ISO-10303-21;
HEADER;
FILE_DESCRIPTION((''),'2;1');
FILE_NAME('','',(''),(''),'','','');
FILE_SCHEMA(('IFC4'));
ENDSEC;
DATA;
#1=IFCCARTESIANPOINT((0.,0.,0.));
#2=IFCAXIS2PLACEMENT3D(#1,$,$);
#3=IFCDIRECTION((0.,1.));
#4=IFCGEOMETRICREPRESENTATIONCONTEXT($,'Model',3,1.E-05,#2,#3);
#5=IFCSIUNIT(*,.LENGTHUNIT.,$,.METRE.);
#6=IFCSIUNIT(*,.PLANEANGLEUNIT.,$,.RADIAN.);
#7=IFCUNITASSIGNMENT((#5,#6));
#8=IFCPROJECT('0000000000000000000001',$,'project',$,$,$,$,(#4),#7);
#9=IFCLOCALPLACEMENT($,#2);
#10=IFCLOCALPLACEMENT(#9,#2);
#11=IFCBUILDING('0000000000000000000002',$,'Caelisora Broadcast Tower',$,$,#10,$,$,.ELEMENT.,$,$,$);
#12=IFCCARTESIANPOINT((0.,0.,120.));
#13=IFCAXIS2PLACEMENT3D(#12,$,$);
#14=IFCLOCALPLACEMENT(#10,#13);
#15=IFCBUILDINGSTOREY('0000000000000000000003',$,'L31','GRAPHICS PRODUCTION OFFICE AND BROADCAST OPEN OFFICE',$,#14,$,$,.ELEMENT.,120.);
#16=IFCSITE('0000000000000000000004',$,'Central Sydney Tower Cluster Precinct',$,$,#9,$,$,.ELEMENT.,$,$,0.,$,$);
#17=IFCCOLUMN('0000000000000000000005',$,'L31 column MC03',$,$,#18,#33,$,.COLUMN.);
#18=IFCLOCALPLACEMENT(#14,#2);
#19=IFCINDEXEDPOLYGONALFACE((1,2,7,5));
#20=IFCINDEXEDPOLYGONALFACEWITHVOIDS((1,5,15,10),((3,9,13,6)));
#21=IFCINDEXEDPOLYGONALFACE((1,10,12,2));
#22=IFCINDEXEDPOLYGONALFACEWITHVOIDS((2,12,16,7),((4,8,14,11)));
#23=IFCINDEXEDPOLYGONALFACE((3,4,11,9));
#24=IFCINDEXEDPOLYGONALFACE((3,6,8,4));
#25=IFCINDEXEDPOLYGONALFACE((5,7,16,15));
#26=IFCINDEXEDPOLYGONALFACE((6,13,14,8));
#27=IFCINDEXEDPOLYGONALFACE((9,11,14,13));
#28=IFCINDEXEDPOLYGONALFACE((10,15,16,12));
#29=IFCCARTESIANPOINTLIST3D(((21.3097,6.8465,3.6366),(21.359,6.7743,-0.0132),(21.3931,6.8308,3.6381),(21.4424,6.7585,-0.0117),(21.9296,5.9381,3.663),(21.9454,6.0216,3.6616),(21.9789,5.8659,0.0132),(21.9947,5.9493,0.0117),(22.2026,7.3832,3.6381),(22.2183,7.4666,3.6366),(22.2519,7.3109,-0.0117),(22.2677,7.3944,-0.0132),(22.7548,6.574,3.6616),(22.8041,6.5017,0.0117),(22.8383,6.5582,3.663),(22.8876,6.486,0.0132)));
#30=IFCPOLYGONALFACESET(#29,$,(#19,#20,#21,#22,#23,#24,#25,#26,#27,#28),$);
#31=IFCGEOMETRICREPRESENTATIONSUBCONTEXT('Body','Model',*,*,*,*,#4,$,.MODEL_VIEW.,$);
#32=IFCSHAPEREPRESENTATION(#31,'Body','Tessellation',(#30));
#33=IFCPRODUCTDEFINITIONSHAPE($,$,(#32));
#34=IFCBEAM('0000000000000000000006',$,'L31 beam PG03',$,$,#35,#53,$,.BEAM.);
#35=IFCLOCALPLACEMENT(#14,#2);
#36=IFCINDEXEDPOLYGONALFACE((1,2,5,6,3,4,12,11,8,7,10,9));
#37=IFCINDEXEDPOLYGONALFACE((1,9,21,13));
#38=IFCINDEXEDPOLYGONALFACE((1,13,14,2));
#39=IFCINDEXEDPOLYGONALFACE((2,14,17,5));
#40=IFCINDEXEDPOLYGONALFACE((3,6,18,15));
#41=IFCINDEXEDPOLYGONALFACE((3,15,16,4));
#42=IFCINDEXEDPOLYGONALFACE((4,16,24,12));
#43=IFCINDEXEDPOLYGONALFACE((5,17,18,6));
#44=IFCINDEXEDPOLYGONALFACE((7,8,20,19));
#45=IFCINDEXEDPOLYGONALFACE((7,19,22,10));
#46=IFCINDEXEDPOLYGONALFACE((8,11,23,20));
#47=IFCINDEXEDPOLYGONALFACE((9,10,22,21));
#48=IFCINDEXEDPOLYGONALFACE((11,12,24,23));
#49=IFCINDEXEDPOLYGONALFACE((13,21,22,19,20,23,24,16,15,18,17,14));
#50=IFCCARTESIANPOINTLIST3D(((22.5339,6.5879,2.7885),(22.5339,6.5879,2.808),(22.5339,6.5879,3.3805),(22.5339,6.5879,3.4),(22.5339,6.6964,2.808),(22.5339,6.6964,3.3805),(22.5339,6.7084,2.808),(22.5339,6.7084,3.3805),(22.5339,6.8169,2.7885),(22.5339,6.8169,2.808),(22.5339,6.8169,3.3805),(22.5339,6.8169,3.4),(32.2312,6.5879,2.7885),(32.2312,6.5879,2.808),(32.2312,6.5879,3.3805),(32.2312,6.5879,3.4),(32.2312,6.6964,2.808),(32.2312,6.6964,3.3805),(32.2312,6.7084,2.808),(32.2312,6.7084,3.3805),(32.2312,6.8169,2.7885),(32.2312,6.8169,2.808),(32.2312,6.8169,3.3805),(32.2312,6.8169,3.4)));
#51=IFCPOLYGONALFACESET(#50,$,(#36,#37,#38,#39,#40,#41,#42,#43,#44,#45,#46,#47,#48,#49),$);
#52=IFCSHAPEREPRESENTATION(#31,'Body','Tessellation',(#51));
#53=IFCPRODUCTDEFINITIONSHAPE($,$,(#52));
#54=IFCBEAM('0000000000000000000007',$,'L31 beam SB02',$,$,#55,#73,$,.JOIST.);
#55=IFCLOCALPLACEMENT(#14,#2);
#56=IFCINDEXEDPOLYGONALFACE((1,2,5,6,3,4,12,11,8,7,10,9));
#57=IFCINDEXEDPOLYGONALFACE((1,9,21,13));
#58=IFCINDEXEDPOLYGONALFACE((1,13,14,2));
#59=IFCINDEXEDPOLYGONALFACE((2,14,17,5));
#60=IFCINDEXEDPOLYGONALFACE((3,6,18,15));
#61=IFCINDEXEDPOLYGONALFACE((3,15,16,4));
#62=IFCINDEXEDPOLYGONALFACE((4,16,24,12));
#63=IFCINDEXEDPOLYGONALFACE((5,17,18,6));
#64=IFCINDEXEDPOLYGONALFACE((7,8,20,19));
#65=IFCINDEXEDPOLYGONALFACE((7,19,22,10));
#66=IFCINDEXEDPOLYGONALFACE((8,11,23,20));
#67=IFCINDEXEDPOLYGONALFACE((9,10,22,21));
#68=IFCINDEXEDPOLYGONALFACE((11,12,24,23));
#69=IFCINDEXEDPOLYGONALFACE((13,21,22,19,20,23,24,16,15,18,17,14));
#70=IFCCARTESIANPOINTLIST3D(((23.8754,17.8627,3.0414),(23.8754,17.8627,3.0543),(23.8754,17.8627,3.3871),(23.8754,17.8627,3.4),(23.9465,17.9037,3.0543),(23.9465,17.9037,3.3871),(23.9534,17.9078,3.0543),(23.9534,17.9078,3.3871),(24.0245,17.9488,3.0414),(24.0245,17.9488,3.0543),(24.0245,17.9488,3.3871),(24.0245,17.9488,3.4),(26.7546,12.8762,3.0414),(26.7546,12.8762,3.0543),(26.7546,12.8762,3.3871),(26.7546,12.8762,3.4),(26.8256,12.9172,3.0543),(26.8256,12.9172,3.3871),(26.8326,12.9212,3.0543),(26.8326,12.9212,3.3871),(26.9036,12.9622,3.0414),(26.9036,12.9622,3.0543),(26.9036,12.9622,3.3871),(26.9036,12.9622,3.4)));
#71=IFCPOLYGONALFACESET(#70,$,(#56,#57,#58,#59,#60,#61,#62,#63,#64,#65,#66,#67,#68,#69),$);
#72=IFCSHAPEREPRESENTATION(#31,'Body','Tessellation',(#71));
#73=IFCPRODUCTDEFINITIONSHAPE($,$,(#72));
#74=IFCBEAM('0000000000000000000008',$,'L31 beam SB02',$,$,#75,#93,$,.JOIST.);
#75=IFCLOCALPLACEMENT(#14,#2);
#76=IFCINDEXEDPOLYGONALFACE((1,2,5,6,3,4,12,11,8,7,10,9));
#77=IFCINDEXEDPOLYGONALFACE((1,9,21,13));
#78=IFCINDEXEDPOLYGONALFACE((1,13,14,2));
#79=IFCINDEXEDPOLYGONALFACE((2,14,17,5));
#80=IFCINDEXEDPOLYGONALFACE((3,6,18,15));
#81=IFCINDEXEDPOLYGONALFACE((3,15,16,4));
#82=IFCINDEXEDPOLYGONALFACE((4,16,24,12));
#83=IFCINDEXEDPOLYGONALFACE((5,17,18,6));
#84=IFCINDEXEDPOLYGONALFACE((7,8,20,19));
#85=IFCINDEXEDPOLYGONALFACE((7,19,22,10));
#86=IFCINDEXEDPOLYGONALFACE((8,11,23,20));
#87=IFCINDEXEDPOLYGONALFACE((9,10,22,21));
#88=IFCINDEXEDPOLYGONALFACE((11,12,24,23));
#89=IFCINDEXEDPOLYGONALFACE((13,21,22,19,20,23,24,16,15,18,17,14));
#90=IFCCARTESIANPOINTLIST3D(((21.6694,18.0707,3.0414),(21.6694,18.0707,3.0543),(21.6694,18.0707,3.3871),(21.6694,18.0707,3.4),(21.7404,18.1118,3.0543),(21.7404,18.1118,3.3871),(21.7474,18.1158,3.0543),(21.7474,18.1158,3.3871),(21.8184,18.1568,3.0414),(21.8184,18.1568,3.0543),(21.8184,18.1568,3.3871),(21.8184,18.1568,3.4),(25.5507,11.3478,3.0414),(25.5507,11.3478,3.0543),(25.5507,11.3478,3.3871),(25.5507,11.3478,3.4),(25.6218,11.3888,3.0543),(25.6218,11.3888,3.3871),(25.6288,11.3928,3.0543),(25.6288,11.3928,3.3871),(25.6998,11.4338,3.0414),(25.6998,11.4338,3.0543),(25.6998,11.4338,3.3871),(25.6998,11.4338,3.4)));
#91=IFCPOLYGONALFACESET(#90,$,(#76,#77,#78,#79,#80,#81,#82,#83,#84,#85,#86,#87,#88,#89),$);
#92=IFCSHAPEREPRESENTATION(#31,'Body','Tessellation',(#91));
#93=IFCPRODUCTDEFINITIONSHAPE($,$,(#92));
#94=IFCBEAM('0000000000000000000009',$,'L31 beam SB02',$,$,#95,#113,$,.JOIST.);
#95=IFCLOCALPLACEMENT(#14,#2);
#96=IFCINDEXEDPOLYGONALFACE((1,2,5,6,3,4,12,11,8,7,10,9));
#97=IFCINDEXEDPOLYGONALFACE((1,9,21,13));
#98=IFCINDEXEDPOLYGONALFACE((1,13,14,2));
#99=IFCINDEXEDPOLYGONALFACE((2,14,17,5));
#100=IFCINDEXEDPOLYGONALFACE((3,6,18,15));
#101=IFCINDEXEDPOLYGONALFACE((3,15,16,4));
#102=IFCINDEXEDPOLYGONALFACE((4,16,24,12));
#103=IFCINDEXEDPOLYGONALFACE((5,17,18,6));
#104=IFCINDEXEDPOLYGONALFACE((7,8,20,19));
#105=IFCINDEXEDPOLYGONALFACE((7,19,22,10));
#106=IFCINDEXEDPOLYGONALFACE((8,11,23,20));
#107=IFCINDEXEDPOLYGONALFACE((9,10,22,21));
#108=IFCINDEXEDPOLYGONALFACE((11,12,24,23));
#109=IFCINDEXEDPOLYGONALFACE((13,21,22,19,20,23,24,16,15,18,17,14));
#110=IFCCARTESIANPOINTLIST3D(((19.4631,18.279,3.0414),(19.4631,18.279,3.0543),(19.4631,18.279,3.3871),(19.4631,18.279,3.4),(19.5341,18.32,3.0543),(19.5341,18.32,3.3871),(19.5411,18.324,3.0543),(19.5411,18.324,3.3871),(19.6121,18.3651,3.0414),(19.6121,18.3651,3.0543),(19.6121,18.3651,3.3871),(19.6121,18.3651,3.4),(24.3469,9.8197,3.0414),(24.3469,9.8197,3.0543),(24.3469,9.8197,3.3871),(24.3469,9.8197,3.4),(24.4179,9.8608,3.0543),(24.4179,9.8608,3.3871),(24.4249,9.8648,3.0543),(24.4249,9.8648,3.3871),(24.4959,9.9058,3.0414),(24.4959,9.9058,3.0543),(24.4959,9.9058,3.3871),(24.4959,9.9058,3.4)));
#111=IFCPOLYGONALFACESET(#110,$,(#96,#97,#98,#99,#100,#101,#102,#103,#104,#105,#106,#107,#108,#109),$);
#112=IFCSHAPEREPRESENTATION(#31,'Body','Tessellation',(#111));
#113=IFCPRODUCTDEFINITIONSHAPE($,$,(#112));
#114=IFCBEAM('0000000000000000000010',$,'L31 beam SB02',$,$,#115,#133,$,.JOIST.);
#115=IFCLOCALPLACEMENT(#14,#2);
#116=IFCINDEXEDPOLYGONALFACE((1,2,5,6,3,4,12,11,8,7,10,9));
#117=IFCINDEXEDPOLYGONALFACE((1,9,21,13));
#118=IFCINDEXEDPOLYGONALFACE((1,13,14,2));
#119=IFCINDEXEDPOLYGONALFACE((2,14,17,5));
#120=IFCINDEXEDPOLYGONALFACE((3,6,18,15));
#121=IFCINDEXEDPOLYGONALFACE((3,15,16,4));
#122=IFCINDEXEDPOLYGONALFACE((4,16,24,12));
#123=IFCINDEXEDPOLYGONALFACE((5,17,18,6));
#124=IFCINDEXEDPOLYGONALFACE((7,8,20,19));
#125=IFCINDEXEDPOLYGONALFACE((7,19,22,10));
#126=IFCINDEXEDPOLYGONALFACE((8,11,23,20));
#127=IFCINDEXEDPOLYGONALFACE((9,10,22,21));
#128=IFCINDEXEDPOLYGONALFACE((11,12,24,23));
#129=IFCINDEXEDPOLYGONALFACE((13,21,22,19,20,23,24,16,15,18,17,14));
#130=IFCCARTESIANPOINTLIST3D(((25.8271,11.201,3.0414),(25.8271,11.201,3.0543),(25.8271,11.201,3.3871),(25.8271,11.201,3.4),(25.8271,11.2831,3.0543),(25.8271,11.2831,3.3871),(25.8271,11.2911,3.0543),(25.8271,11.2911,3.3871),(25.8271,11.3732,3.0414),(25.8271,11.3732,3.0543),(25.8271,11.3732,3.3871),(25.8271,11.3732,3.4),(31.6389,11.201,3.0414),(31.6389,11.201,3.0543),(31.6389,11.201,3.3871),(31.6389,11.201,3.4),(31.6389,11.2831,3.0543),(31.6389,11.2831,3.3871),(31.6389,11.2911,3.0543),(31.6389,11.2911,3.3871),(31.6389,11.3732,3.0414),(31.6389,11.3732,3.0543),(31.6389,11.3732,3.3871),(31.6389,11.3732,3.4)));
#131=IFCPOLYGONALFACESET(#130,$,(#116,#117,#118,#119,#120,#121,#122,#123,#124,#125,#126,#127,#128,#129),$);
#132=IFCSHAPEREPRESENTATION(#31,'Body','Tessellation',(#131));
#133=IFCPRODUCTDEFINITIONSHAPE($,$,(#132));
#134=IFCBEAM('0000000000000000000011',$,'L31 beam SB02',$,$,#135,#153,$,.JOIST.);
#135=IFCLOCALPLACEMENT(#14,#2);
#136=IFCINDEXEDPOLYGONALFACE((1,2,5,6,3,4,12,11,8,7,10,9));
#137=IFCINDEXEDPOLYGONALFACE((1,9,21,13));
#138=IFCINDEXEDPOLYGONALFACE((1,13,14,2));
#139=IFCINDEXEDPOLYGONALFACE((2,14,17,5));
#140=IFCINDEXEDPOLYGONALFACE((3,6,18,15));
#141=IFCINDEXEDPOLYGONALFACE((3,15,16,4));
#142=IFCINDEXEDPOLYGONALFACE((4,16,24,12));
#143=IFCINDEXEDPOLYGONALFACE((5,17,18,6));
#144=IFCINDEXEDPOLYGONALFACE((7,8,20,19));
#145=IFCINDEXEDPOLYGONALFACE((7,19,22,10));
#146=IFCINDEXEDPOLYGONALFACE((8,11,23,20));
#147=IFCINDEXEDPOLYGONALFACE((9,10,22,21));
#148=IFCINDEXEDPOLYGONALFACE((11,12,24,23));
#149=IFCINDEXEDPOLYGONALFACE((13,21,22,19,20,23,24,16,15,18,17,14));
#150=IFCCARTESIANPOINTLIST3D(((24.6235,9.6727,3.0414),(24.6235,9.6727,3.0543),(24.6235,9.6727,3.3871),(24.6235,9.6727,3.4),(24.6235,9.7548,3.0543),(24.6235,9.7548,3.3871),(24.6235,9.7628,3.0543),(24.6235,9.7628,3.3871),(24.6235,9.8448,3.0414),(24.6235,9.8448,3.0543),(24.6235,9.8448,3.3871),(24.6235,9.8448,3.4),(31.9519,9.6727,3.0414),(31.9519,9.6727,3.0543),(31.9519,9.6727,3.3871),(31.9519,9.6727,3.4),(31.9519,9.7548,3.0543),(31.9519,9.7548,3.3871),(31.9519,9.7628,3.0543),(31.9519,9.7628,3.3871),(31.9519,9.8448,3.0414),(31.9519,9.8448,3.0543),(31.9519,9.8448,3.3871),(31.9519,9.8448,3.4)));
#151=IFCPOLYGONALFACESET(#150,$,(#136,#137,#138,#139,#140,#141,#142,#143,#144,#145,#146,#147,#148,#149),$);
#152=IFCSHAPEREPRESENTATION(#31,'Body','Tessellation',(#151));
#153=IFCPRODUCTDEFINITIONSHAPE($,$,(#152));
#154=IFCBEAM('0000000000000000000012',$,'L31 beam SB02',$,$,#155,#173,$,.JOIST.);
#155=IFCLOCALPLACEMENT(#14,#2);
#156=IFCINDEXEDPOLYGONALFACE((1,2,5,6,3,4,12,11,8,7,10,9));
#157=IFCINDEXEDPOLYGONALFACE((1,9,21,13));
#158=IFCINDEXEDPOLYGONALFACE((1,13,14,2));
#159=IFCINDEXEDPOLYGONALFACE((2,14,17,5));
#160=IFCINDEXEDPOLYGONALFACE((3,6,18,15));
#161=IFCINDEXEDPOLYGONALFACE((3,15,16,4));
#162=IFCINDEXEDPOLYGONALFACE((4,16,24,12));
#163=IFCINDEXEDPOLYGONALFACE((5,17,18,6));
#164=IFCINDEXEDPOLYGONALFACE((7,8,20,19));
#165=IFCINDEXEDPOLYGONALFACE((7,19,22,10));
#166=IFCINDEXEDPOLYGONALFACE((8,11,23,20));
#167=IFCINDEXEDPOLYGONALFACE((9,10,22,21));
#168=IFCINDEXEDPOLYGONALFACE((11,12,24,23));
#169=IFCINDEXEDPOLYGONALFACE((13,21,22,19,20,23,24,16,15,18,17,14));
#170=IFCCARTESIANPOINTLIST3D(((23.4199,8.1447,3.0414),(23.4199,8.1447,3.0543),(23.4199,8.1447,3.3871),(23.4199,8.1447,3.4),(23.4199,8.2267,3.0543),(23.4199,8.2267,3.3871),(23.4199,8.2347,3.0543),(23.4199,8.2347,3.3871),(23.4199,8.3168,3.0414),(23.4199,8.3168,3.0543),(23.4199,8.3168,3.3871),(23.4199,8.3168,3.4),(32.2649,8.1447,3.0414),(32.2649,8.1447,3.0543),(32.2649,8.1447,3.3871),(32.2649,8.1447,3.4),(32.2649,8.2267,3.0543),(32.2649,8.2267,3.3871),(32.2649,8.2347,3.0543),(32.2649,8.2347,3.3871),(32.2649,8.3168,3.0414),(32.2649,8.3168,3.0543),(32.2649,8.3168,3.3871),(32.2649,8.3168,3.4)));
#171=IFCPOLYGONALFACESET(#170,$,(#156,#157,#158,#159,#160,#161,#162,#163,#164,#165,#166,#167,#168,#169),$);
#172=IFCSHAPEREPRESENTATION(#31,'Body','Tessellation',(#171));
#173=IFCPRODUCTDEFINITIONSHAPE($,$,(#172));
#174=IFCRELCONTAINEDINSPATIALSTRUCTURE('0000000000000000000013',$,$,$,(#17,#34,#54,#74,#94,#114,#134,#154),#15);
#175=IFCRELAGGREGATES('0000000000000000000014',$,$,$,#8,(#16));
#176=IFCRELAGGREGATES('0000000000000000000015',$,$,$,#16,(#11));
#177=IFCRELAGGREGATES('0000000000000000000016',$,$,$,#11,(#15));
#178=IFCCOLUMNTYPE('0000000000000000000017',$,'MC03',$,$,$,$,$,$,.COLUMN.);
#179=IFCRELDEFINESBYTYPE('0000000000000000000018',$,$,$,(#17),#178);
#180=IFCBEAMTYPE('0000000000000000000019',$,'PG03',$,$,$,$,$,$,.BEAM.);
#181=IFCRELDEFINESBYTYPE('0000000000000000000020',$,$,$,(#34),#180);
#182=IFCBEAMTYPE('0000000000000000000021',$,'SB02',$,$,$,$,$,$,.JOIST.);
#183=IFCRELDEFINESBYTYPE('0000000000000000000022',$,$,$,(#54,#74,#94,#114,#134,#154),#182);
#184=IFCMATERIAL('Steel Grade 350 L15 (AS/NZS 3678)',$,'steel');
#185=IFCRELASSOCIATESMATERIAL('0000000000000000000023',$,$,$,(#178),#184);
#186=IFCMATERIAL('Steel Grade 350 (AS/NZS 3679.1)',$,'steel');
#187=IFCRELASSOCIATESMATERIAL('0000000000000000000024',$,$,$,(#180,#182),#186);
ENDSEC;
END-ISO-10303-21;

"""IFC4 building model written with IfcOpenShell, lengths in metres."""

from ifc_helpers import new_model, si_unit, direction, frame, origin, origin_2d, place, context, subcontext, project, spatial, hollow_rectangle, i_section, extrude, source, transform, mapped, material, material_profile, profile_set, type_object, type_shapes, element, save


model = new_model("IFC4")

# Units and contexts
model_context = context("Model", 3, precision=1e-05, world=origin(), true_north=direction((0.0, 1.0)))
body_context = subcontext(model_context, "Body", "Model", "MODEL_VIEW")
ifc_project = project(units=[si_unit("LENGTHUNIT", "METRE"), si_unit("PLANEANGLEUNIT", "RADIAN")], contexts=[model_context])

# Site, building, storey
site_placement = place(None, origin())
site = spatial("IfcSite", under=ifc_project, at=site_placement, Name="Central Sydney Tower Cluster Precinct", CompositionType="ELEMENT", RefElevation=0.0)
building_placement = place(site_placement, origin())
building = spatial("IfcBuilding", under=site, at=building_placement, Name="Caelisora Broadcast Tower", CompositionType="ELEMENT")
storey_placement = place(building_placement, frame((0.0, 0.0, 120.0)))
storey = spatial("IfcBuildingStorey", under=building, at=storey_placement, Name="L31", Description="GRAPHICS PRODUCTION OFFICE AND BROADCAST OPEN OFFICE", CompositionType="ELEMENT", Elevation=120.0)

# Column
ifc_material_1 = material(Name="Steel Grade 350 L15 (AS/NZS 3678)", Category="steel")
ifc_material_profile_1 = material_profile(ifc_material_1, hollow_rectangle(XDim=1.1001, YDim=1.1001, WallThickness=0.0601, at=origin_2d()), Name="Steel Grade 350 L15 (AS/NZS 3678)")
ifc_profile_set_1 = profile_set([ifc_material_profile_1], Name="Steel Grade 350 L15 (AS/NZS 3678)")
column_type = type_object("IfcColumnType", Name="MC03", PredefinedType="COLUMN", material=ifc_profile_set_1)
shared_shape_1 = source(origin(), body_context, "Body", "SweptSolid", [
    extrude(hollow_rectangle(XDim=1.1001, YDim=1.1001, WallThickness=0.0601, at=origin_2d()), origin(), (0.0, 0.0, 1.0), 3.6509),
])
type_shapes(column_type, [shared_shape_1])
column_placement = place(storey_placement, frame((22.1233, 6.6301, 0.0), z_axis=(-0.013508, 0.019794, 0.999713), x_axis=(-0.825991, -0.563683, 0.0)))
element("IfcColumn", 1, at=column_placement, inside=storey, type_object=column_type, Name="L31 column MC03", PredefinedType="COLUMN", context=body_context, shape_type="MappedRepresentation", body=[
    mapped(shared_shape_1, transform((0.0, 0.0, 0.0), scale=1.0)),
])

# Beams
ifc_material_2 = material(Name="Steel Grade 350 (AS/NZS 3679.1)", Category="steel")
ifc_material_profile_2 = material_profile(ifc_material_2, i_section(OverallWidth=0.229, OverallDepth=0.6116, WebThickness=0.012, FlangeThickness=0.0195, at=origin_2d()), Name="Steel Grade 350 (AS/NZS 3679.1)")
ifc_profile_set_2 = profile_set([ifc_material_profile_2], Name="Steel Grade 350 (AS/NZS 3679.1)")
beam_type_1 = type_object("IfcBeamType", Name="PG03", PredefinedType="BEAM", material=ifc_profile_set_2)
shared_shape_2 = source(origin(), body_context, "Body", "SweptSolid", [
    extrude(i_section(OverallWidth=0.229, OverallDepth=0.6116, WebThickness=0.012, FlangeThickness=0.0195, at=origin_2d()), origin(), (0.0, 0.0, 1.0), 9.6973),
])
type_shapes(beam_type_1, [shared_shape_2])
beam_1_placement = place(storey_placement, frame((22.5339, 6.7024, 3.0942), z_axis=(1.0, 0.0, 0.0), x_axis=(0.0, 1.0, 0.0)))
element("IfcBeam", 2, at=beam_1_placement, inside=storey, type_object=beam_type_1, Name="L31 beam PG03", PredefinedType="BEAM", context=body_context, shape_type="MappedRepresentation", body=[
    mapped(shared_shape_2, transform((0.0, 0.0, 0.0), scale=1.0)),
])
ifc_material_profile_3 = material_profile(ifc_material_2, i_section(OverallWidth=0.1721, OverallDepth=0.3586, WebThickness=0.0081, FlangeThickness=0.0129, at=origin_2d()), Name="Steel Grade 350 (AS/NZS 3679.1)")
ifc_profile_set_3 = profile_set([ifc_material_profile_3], Name="Steel Grade 350 (AS/NZS 3679.1)")
beam_type_2 = type_object("IfcBeamType", Name="SB02", PredefinedType="JOIST", material=ifc_profile_set_3)
shared_shape_3 = source(origin(), body_context, "Body", "SweptSolid", [
    extrude(i_section(OverallWidth=0.1721, OverallDepth=0.3586, WebThickness=0.0081, FlangeThickness=0.0129, at=origin_2d()), origin(), (0.0, 0.0, 1.0), 5.7581),
])
beam_2_placement = place(storey_placement, frame((23.95, 17.9058, 3.2207), z_axis=(0.50002, -0.866014, 0.0), x_axis=(0.866014, 0.50002, 0.0)))
element("IfcBeam", 3, at=beam_2_placement, inside=storey, type_object=beam_type_2, Name="L31 beam SB02", PredefinedType="JOIST", context=body_context, shape_type="MappedRepresentation", body=[
    mapped(shared_shape_3, transform((0.0, 0.0, 0.0), scale=1.0)),
])
shared_shape_4 = source(origin(), body_context, "Body", "SweptSolid", [
    extrude(i_section(OverallWidth=0.1721, OverallDepth=0.3586, WebThickness=0.0081, FlangeThickness=0.0129, at=origin_2d()), origin(), (0.0, 0.0, 1.0), 7.7629),
])
beam_3_placement = place(storey_placement, frame((21.7439, 18.1138, 3.2207), z_axis=(0.499988, -0.866032, 0.0), x_axis=(0.866032, 0.499988, 0.0)))
element("IfcBeam", 4, at=beam_3_placement, inside=storey, type_object=beam_type_2, Name="L31 beam SB02", PredefinedType="JOIST", context=body_context, shape_type="MappedRepresentation", body=[
    mapped(shared_shape_4, transform((0.0, 0.0, 0.0), scale=1.0)),
])
shared_shape_5 = source(origin(), body_context, "Body", "SweptSolid", [
    extrude(i_section(OverallWidth=0.1721, OverallDepth=0.3586, WebThickness=0.0081, FlangeThickness=0.0129, at=origin_2d()), origin(), (0.0, 0.0, 1.0), 9.7678),
])
beam_4_placement = place(storey_placement, frame((19.5376, 18.322, 3.2207), z_axis=(0.499989, -0.866032, 0.0), x_axis=(0.866032, 0.499989, 0.0)))
element("IfcBeam", 5, at=beam_4_placement, inside=storey, type_object=beam_type_2, Name="L31 beam SB02", PredefinedType="JOIST", context=body_context, shape_type="MappedRepresentation", body=[
    mapped(shared_shape_5, transform((0.0, 0.0, 0.0), scale=1.0)),
])
shared_shape_6 = source(origin(), body_context, "Body", "SweptSolid", [
    extrude(i_section(OverallWidth=0.1721, OverallDepth=0.3586, WebThickness=0.0081, FlangeThickness=0.0129, at=origin_2d()), origin(), (0.0, 0.0, 1.0), 5.8118),
])
beam_5_placement = place(storey_placement, frame((25.8271, 11.2871, 3.2207), z_axis=(1.0, 0.0, 0.0), x_axis=(0.0, 1.0, 0.0)))
element("IfcBeam", 6, at=beam_5_placement, inside=storey, type_object=beam_type_2, Name="L31 beam SB02", PredefinedType="JOIST", context=body_context, shape_type="MappedRepresentation", body=[
    mapped(shared_shape_6, transform((0.0, 0.0, 0.0), scale=1.0)),
])
shared_shape_7 = source(origin(), body_context, "Body", "SweptSolid", [
    extrude(i_section(OverallWidth=0.1721, OverallDepth=0.3586, WebThickness=0.0081, FlangeThickness=0.0129, at=origin_2d()), origin(), (0.0, 0.0, 1.0), 7.3284),
])
beam_6_placement = place(storey_placement, frame((24.6235, 9.7588, 3.2207), z_axis=(1.0, 0.0, 0.0), x_axis=(0.0, 1.0, 0.0)))
element("IfcBeam", 7, at=beam_6_placement, inside=storey, type_object=beam_type_2, Name="L31 beam SB02", PredefinedType="JOIST", context=body_context, shape_type="MappedRepresentation", body=[
    mapped(shared_shape_7, transform((0.0, 0.0, 0.0), scale=1.0)),
])
shared_shape_8 = source(origin(), body_context, "Body", "SweptSolid", [
    extrude(i_section(OverallWidth=0.1721, OverallDepth=0.3586, WebThickness=0.0081, FlangeThickness=0.0129, at=origin_2d()), origin(), (0.0, 0.0, 1.0), 8.845),
])
type_shapes(beam_type_2, [shared_shape_3, shared_shape_4, shared_shape_5, shared_shape_6, shared_shape_7, shared_shape_8])
beam_7_placement = place(storey_placement, frame((23.4199, 8.2307, 3.2207), z_axis=(1.0, 0.0, 0.0), x_axis=(0.0, 1.0, 0.0)))
element("IfcBeam", 8, at=beam_7_placement, inside=storey, type_object=beam_type_2, Name="L31 beam SB02", PredefinedType="JOIST", context=body_context, shape_type="MappedRepresentation", body=[
    mapped(shared_shape_8, transform((0.0, 0.0, 0.0), scale=1.0)),
])

save(model, "model.ifc")
